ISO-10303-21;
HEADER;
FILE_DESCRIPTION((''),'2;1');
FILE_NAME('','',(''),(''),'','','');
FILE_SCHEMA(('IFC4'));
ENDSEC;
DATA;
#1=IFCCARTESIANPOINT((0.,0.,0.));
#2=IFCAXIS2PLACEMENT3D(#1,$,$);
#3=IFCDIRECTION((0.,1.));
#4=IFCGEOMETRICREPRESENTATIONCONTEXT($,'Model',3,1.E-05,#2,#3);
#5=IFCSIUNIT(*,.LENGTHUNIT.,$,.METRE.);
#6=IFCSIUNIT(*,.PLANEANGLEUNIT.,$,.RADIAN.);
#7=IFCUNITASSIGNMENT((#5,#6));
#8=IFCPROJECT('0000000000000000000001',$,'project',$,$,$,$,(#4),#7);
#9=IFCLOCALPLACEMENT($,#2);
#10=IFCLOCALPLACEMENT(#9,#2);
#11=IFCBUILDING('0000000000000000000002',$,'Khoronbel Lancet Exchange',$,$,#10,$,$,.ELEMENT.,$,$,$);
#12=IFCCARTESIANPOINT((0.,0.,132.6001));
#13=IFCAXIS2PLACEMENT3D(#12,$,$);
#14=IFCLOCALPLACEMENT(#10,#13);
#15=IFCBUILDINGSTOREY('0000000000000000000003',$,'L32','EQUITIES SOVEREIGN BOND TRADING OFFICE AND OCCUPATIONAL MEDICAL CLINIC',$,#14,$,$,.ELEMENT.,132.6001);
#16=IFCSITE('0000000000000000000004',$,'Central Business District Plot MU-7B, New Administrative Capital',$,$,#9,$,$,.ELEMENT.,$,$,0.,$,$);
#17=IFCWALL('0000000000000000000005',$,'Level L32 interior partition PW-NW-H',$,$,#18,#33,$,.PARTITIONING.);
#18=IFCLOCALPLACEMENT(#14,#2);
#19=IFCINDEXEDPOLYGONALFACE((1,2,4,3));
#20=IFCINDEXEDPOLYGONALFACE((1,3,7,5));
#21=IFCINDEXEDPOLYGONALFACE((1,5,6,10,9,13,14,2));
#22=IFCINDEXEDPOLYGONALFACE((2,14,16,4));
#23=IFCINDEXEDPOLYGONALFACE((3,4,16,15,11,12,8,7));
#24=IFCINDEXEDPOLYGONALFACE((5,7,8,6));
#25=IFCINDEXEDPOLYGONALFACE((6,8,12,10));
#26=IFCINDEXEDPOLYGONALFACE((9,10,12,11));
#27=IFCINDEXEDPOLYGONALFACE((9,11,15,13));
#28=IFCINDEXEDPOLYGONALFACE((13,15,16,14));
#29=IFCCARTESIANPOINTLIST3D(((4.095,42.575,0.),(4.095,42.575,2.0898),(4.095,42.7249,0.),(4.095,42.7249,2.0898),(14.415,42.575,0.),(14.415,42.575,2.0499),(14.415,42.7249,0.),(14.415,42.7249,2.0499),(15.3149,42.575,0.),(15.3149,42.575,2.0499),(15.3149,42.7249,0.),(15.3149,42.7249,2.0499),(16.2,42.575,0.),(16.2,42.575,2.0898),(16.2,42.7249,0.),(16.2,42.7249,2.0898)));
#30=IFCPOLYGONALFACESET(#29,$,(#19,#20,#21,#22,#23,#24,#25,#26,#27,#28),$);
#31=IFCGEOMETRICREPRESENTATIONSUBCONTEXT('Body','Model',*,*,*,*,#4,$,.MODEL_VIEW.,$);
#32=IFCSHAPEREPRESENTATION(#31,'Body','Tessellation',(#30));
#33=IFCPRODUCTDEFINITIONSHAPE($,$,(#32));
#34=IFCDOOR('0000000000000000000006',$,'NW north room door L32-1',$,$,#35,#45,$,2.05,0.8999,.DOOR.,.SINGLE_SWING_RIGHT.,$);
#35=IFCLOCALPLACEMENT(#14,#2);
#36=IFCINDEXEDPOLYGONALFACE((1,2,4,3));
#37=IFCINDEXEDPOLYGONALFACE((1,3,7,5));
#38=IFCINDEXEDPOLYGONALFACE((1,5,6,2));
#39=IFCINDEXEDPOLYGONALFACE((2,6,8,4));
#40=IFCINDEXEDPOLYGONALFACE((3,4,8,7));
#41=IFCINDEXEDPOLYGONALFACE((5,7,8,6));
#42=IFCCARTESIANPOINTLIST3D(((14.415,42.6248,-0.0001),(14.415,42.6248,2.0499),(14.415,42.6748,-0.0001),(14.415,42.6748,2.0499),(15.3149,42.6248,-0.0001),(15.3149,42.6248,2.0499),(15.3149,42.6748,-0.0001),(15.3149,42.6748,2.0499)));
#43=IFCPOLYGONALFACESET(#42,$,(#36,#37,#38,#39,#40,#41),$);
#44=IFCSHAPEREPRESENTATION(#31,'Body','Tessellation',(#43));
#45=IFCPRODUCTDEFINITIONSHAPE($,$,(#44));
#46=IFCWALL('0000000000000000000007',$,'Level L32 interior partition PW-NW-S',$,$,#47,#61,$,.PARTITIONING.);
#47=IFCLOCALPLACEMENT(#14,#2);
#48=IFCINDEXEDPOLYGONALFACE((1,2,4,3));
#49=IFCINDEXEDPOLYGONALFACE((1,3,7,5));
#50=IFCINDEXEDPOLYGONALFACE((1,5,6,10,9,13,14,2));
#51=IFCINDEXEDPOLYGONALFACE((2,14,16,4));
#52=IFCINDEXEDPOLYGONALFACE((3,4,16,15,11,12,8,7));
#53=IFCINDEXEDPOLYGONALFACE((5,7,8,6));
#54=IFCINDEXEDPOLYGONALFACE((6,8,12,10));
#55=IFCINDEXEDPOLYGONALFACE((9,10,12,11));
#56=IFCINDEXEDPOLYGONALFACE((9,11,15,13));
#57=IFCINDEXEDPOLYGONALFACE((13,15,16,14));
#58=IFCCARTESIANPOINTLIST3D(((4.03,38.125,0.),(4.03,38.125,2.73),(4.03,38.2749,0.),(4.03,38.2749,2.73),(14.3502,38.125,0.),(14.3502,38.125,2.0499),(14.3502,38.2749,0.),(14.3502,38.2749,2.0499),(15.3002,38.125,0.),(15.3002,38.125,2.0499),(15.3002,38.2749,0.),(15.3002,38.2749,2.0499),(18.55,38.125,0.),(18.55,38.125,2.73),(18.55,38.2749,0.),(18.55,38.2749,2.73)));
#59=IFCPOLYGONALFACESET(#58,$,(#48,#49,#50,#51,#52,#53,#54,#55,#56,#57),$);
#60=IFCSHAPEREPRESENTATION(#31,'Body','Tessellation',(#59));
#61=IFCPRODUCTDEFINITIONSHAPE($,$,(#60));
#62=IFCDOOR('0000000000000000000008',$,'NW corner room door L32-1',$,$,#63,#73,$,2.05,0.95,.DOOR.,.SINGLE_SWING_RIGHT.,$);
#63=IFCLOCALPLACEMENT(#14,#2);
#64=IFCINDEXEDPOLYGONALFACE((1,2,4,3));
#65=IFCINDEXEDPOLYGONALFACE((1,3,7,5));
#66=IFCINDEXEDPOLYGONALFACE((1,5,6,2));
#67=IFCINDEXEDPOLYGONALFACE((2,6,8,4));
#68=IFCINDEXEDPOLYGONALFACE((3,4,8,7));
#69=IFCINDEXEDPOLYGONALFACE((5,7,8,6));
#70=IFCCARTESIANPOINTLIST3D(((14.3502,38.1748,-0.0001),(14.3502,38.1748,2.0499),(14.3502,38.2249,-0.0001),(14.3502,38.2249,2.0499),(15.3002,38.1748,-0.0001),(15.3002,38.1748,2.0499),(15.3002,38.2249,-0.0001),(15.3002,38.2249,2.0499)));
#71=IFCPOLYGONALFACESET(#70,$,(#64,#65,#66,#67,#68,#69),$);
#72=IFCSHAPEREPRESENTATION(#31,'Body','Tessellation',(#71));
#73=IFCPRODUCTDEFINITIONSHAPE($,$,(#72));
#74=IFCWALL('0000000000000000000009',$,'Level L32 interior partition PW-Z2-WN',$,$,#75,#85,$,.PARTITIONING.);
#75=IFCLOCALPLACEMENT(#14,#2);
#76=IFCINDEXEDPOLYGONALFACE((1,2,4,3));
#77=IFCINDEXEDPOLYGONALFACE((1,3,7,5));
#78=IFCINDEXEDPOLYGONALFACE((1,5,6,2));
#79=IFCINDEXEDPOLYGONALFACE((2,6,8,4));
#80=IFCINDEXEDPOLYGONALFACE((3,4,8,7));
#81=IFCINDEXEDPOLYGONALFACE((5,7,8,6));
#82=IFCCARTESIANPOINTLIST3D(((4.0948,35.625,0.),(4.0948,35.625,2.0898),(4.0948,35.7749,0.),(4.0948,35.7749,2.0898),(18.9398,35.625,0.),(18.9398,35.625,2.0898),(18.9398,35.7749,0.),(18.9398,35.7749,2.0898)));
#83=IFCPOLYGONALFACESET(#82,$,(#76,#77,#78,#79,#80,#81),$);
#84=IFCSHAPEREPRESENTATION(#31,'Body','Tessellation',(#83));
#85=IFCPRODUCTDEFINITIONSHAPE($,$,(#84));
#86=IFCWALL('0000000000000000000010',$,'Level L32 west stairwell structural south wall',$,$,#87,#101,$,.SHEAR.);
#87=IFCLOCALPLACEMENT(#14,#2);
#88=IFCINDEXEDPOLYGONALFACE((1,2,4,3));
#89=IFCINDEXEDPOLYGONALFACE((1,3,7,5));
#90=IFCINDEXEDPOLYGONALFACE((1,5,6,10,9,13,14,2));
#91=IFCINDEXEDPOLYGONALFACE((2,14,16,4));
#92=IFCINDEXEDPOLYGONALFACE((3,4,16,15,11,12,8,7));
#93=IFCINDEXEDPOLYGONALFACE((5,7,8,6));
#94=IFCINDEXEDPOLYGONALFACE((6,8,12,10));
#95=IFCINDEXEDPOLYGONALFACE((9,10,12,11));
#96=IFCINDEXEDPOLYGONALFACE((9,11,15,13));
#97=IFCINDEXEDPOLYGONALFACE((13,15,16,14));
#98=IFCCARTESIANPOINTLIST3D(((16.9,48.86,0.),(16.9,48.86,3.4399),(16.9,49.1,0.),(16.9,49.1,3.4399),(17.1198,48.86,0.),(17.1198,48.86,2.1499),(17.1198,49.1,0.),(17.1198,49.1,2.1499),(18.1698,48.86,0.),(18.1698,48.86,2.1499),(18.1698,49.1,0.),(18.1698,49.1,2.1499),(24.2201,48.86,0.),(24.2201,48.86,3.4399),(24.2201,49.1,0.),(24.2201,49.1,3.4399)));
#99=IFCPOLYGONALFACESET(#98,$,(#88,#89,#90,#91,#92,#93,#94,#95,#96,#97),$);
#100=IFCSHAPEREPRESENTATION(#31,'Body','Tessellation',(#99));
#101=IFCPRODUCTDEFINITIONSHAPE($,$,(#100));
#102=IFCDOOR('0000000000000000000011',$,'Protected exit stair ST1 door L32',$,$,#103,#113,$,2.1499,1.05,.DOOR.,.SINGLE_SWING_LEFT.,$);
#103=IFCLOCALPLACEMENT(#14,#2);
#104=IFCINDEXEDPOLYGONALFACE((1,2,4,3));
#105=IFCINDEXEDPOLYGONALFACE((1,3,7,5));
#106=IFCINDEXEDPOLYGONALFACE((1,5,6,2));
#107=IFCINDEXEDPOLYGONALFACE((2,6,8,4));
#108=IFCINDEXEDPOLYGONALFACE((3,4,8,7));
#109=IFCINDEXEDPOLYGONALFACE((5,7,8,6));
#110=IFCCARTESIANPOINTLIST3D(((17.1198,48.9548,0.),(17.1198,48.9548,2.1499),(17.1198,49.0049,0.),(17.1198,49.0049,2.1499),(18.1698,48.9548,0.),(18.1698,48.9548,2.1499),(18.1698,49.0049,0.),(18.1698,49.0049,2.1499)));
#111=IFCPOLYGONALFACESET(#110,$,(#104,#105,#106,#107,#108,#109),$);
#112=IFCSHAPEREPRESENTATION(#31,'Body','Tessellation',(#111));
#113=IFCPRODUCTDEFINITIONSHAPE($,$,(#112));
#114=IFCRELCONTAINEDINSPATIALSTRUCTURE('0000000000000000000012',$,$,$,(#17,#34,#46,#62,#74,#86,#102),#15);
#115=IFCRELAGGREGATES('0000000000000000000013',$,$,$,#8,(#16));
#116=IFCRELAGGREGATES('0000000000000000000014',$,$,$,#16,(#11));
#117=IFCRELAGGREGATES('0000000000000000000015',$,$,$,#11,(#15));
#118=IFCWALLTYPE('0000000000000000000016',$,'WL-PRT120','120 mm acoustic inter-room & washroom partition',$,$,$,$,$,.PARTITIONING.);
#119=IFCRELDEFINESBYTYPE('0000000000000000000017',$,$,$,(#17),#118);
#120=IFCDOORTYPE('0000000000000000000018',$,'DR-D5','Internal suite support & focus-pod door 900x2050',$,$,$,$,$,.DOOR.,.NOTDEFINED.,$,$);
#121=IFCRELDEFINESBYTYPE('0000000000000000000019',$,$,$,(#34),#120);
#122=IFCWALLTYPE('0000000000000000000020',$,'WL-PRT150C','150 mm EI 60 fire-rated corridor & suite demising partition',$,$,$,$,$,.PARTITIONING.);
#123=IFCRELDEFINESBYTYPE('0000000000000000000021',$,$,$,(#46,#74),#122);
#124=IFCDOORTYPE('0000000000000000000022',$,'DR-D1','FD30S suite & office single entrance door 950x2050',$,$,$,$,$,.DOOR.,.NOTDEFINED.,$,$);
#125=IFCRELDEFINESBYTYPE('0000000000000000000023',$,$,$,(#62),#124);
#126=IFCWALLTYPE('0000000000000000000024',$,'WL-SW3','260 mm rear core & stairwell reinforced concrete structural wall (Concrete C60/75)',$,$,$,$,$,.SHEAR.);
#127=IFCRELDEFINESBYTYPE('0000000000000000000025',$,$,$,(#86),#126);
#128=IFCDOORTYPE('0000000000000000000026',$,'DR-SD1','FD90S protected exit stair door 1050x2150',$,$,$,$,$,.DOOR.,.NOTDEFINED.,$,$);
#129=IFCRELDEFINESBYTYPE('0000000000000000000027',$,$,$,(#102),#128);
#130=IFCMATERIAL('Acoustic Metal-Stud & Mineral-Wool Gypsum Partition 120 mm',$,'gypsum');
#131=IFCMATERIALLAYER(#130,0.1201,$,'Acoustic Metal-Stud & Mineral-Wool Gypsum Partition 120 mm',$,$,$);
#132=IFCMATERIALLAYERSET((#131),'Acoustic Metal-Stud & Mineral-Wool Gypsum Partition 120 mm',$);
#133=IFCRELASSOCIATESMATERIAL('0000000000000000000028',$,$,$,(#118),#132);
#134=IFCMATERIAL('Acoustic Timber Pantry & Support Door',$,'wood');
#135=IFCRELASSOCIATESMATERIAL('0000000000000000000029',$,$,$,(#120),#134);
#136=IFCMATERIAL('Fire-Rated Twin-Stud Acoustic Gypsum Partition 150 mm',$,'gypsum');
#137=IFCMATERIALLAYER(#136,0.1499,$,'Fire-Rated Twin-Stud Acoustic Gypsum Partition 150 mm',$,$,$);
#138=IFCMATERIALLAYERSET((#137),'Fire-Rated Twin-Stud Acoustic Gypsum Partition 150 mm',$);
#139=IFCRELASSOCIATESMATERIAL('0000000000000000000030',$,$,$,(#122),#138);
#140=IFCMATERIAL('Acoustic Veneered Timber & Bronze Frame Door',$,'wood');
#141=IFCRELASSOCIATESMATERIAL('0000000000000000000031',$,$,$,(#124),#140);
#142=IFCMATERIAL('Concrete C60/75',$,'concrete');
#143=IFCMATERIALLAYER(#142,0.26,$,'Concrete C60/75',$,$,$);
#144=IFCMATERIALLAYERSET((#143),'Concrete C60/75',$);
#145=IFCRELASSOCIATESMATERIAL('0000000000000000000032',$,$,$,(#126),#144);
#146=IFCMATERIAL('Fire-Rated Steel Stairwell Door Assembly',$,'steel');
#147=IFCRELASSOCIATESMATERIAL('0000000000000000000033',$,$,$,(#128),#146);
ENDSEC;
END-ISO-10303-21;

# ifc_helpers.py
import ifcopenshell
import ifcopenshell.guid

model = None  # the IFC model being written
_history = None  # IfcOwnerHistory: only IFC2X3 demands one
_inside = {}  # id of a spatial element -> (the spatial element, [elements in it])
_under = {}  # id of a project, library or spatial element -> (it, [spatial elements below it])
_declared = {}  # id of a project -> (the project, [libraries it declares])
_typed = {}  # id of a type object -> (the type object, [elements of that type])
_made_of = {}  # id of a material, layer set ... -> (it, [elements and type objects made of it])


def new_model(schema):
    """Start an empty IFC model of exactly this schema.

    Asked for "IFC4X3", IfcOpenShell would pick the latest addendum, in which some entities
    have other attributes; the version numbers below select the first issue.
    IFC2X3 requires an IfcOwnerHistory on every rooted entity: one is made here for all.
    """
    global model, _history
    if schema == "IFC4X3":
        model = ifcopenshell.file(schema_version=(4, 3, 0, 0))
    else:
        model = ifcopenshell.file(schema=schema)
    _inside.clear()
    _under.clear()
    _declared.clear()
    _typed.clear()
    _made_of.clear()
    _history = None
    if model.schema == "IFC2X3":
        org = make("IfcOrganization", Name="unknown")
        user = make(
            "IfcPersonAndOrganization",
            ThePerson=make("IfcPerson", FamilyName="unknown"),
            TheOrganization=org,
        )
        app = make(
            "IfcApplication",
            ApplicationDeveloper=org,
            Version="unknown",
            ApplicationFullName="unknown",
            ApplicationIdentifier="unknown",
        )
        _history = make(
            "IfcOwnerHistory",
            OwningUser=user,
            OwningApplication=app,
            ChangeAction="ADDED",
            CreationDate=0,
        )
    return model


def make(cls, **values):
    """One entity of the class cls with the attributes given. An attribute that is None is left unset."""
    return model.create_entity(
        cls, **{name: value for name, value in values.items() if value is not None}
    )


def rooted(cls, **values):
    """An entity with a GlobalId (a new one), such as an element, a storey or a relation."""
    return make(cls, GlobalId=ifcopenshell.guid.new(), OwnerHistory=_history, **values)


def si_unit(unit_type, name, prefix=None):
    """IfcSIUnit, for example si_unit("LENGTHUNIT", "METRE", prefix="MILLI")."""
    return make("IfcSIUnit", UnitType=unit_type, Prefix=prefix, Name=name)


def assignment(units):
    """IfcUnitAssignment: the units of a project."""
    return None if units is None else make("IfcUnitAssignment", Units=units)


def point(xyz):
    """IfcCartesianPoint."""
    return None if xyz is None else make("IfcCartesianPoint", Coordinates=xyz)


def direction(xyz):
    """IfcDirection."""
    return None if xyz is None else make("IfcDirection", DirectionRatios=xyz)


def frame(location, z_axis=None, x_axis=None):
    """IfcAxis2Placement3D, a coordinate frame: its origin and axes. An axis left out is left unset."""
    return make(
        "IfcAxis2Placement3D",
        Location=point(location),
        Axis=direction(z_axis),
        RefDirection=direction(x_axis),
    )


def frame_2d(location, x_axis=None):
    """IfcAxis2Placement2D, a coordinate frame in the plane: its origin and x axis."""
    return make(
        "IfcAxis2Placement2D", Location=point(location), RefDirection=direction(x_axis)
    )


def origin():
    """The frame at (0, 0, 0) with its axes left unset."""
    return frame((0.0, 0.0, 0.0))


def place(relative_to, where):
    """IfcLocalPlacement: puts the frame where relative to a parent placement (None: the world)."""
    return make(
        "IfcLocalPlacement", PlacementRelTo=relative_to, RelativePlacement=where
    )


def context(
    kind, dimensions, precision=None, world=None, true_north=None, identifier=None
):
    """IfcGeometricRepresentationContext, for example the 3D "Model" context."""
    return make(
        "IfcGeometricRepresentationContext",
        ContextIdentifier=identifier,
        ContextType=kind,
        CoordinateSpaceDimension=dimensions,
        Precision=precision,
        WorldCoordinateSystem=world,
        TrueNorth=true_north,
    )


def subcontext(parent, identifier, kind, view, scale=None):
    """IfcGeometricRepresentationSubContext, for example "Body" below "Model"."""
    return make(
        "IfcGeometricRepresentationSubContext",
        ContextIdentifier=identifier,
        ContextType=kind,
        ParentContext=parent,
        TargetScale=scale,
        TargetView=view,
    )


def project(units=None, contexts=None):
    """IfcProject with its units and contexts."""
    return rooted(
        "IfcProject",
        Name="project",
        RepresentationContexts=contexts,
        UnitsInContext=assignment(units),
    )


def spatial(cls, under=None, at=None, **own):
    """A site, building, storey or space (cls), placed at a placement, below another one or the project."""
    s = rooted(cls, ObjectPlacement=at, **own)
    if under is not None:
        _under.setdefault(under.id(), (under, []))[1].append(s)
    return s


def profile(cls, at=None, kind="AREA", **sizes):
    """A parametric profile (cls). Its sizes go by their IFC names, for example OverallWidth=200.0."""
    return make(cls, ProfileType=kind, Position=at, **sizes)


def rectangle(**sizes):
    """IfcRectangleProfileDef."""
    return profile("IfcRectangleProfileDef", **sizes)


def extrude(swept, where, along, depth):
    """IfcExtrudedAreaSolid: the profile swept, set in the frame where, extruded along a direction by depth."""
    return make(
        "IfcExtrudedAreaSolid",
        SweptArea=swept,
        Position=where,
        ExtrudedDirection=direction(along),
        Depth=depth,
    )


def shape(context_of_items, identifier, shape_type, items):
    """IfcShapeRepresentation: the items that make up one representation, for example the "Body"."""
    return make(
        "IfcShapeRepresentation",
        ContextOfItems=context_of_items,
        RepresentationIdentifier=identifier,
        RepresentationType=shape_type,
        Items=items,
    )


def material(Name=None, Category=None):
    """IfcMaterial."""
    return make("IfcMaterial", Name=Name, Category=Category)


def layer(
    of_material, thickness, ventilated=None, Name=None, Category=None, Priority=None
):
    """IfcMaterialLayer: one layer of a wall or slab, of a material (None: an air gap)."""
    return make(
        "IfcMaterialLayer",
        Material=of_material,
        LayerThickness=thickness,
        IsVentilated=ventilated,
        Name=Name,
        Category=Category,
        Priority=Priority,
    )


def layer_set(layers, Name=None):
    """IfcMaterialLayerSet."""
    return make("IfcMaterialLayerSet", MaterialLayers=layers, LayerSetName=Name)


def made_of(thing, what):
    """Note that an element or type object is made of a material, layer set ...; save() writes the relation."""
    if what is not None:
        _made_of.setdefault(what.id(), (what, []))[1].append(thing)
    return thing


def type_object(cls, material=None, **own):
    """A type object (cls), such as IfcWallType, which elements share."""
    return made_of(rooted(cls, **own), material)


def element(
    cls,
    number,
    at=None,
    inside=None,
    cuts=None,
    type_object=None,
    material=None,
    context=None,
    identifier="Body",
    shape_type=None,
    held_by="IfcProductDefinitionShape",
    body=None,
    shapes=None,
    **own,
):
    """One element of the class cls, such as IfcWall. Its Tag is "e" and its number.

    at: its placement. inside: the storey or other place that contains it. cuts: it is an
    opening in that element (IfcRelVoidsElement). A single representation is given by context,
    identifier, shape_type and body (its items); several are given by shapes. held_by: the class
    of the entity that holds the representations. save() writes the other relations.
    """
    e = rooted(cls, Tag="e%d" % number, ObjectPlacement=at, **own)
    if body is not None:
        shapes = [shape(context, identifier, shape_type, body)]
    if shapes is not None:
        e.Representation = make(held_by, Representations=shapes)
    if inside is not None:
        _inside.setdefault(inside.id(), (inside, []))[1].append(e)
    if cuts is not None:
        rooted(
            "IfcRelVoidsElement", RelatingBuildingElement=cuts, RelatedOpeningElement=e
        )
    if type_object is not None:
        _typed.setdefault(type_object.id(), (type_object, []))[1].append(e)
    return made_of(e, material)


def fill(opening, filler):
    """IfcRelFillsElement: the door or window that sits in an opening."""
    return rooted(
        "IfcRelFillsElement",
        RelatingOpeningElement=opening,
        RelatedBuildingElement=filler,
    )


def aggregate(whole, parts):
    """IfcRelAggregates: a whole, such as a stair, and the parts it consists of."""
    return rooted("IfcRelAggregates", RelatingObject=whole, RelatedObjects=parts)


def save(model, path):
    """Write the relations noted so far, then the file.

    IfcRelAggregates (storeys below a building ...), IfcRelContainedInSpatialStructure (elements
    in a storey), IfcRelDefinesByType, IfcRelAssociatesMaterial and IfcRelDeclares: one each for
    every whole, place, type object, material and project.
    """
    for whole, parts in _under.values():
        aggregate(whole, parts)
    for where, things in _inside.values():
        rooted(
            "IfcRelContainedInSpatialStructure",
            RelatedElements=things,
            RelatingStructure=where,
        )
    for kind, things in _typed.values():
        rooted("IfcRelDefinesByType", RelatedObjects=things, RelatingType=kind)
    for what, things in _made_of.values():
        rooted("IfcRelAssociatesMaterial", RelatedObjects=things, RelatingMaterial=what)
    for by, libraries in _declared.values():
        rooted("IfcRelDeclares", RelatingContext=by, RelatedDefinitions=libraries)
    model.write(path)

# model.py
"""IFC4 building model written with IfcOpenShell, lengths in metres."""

from ifc_helpers import new_model, si_unit, direction, frame, frame_2d, origin, place, context, subcontext, project, spatial, rectangle, extrude, material, layer, layer_set, type_object, element, fill, save


model = new_model("IFC4")

# Units and contexts
model_context = context("Model", 3, precision=1e-05, world=origin(), true_north=direction((0.0, 1.0)))
body_context = subcontext(model_context, "Body", "Model", "MODEL_VIEW")
ifc_project = project(units=[si_unit("LENGTHUNIT", "METRE"), si_unit("PLANEANGLEUNIT", "RADIAN")], contexts=[model_context])

# Site, building, storey
site_placement = place(None, origin())
site = spatial("IfcSite", under=ifc_project, at=site_placement, Name="Central Business District Plot MU-7B, New Administrative Capital", CompositionType="ELEMENT", RefElevation=0.0)
building_placement = place(site_placement, origin())
building = spatial("IfcBuilding", under=site, at=building_placement, Name="Khoronbel Lancet Exchange", CompositionType="ELEMENT")
storey_placement = place(building_placement, frame((0.0, 0.0, 132.6001)))
storey = spatial("IfcBuildingStorey", under=building, at=storey_placement, Name="L32", Description="EQUITIES SOVEREIGN BOND TRADING OFFICE AND OCCUPATIONAL MEDICAL CLINIC", CompositionType="ELEMENT", Elevation=132.6001)

# Walls, openings, doors
ifc_material_1 = material(Name="Acoustic Metal-Stud & Mineral-Wool Gypsum Partition 120 mm", Category="gypsum")
ifc_layer_1 = layer(ifc_material_1, 0.1201, Name="Acoustic Metal-Stud & Mineral-Wool Gypsum Partition 120 mm")
ifc_layer_set_1 = layer_set([ifc_layer_1], Name="Acoustic Metal-Stud & Mineral-Wool Gypsum Partition 120 mm")
wall_type_1 = type_object("IfcWallType", Name="WL-PRT120", Description="120 mm acoustic inter-room & washroom partition", PredefinedType="PARTITIONING", material=ifc_layer_set_1)
wall_1_placement = place(storey_placement, frame((4.095, 42.6499, 0.0), z_axis=(0.0, 0.0, 1.0), x_axis=(1.0, 0.0, 0.0)))
wall_1 = element("IfcWall", 1, at=wall_1_placement, inside=storey, type_object=wall_type_1, Name="Level L32 interior partition PW-NW-H", PredefinedType="PARTITIONING", context=body_context, shape_type="SweptSolid", body=[
    extrude(rectangle(XDim=12.105, YDim=0.1499, at=frame_2d((6.0525, 0.0))), origin(), (0.0, 0.0, 1.0), 2.0898),
])
opening_1_placement = place(wall_1_placement, frame((10.3201, 0.0, 0.0)))
opening_1 = element("IfcOpeningElement", 2, at=opening_1_placement, cuts=wall_1, PredefinedType="OPENING", context=body_context, shape_type="SweptSolid", body=[
    extrude(rectangle(XDim=0.8999, YDim=2.05, at=frame_2d((0.45, 1.0249))), frame((0.0, 0.085, 0.0), z_axis=(0.0, -1.0, 0.0), x_axis=(1.0, 0.0, 0.0)), (0.0, 0.0, 1.0), 0.1699),
])
ifc_material_2 = material(Name="Acoustic Timber Pantry & Support Door", Category="wood")
door_type_1 = type_object("IfcDoorType", Name="DR-D5", Description="Internal suite support & focus-pod door 900x2050", OperationType="NOTDEFINED", PredefinedType="DOOR", material=ifc_material_2)
door_1_placement = place(opening_1_placement, origin())
door_1 = element("IfcDoor", 3, at=door_1_placement, inside=storey, type_object=door_type_1, Name="NW north room door L32-1", OperationType="SINGLE_SWING_RIGHT", OverallHeight=2.05, OverallWidth=0.8999, PredefinedType="DOOR", context=body_context, shape_type="SweptSolid", body=[
    extrude(rectangle(XDim=0.8999, YDim=2.05, at=frame_2d((0.45, 1.0249))), frame((0.0, 0.0249, 0.0), z_axis=(0.0, -1.0, 0.0), x_axis=(1.0, 0.0, 0.0)), (0.0, 0.0, 1.0), 0.05),
])
fill(opening_1, door_1)
ifc_material_3 = material(Name="Fire-Rated Twin-Stud Acoustic Gypsum Partition 150 mm", Category="gypsum")
ifc_layer_2 = layer(ifc_material_3, 0.1499, Name="Fire-Rated Twin-Stud Acoustic Gypsum Partition 150 mm")
ifc_layer_set_2 = layer_set([ifc_layer_2], Name="Fire-Rated Twin-Stud Acoustic Gypsum Partition 150 mm")
wall_type_2 = type_object("IfcWallType", Name="WL-PRT150C", Description="150 mm EI 60 fire-rated corridor & suite demising partition", PredefinedType="PARTITIONING", material=ifc_layer_set_2)
wall_2_placement = place(storey_placement, frame((4.03, 38.2, 0.0), z_axis=(0.0, 0.0, 1.0), x_axis=(1.0, 0.0, 0.0)))
wall_2 = element("IfcWall", 4, at=wall_2_placement, inside=storey, type_object=wall_type_2, Name="Level L32 interior partition PW-NW-S", PredefinedType="PARTITIONING", context=body_context, shape_type="SweptSolid", body=[
    extrude(rectangle(XDim=14.52, YDim=0.1499, at=frame_2d((7.26, 0.0))), origin(), (0.0, 0.0, 1.0), 2.73),
])
opening_2_placement = place(wall_2_placement, frame((10.3201, 0.0, 0.0)))
opening_2 = element("IfcOpeningElement", 5, at=opening_2_placement, cuts=wall_2, PredefinedType="OPENING", context=body_context, shape_type="SweptSolid", body=[
    extrude(rectangle(XDim=0.95, YDim=2.05, at=frame_2d((0.4751, 1.0249))), frame((0.0, 0.085, 0.0), z_axis=(0.0, -1.0, 0.0), x_axis=(1.0, 0.0, 0.0)), (0.0, 0.0, 1.0), 0.1699),
])
ifc_material_4 = material(Name="Acoustic Veneered Timber & Bronze Frame Door", Category="wood")
door_type_2 = type_object("IfcDoorType", Name="DR-D1", Description="FD30S suite & office single entrance door 950x2050", OperationType="NOTDEFINED", PredefinedType="DOOR", material=ifc_material_4)
door_2_placement = place(opening_2_placement, origin())
door_2 = element("IfcDoor", 6, at=door_2_placement, inside=storey, type_object=door_type_2, Name="NW corner room door L32-1", OperationType="SINGLE_SWING_RIGHT", OverallHeight=2.05, OverallWidth=0.95, PredefinedType="DOOR", context=body_context, shape_type="SweptSolid", body=[
    extrude(rectangle(XDim=0.95, YDim=2.05, at=frame_2d((0.4751, 1.0249))), frame((0.0, 0.0249, 0.0), z_axis=(0.0, -1.0, 0.0), x_axis=(1.0, 0.0, 0.0)), (0.0, 0.0, 1.0), 0.05),
])
fill(opening_2, door_2)

# Wall
wall_3_placement = place(storey_placement, frame((4.095, 35.7, 0.0), z_axis=(0.0, 0.0, 1.0), x_axis=(1.0, 0.0, 0.0)))
element("IfcWall", 7, at=wall_3_placement, inside=storey, type_object=wall_type_2, Name="Level L32 interior partition PW-Z2-WN", PredefinedType="PARTITIONING", context=body_context, shape_type="SweptSolid", body=[
    extrude(rectangle(XDim=14.845, YDim=0.1499, at=frame_2d((7.4224, 0.0))), origin(), (0.0, 0.0, 1.0), 2.0898),
])

# Wall, opening, door
ifc_material_5 = material(Name="Concrete C60/75", Category="concrete")
ifc_layer_3 = layer(ifc_material_5, 0.26, Name="Concrete C60/75")
ifc_layer_set_3 = layer_set([ifc_layer_3], Name="Concrete C60/75")
wall_type_3 = type_object("IfcWallType", Name="WL-SW3", Description="260 mm rear core & stairwell reinforced concrete structural wall (Concrete C60/75)", PredefinedType="SHEAR", material=ifc_layer_set_3)
wall_4_placement = place(storey_placement, frame((16.8999, 48.98, 0.0), z_axis=(0.0, 0.0, 1.0), x_axis=(1.0, 0.0, 0.0)))
wall_4 = element("IfcWall", 8, at=wall_4_placement, inside=storey, type_object=wall_type_3, Name="Level L32 west stairwell structural south wall", PredefinedType="SHEAR", context=body_context, shape_type="SweptSolid", body=[
    extrude(rectangle(XDim=7.3201, YDim=0.24, at=frame_2d((3.6602, 0.0))), origin(), (0.0, 0.0, 1.0), 3.4399),
])
opening_3_placement = place(wall_4_placement, frame((0.22, 0.0, 0.0)))
opening_3 = element("IfcOpeningElement", 9, at=opening_3_placement, cuts=wall_4, PredefinedType="OPENING", context=body_context, shape_type="SweptSolid", body=[
    extrude(rectangle(XDim=1.05, YDim=2.1499, at=frame_2d((0.5249, 1.075))), frame((0.0, 0.1299, 0.0), z_axis=(0.0, -1.0, 0.0), x_axis=(1.0, 0.0, 0.0)), (0.0, 0.0, 1.0), 0.26),
])
ifc_material_6 = material(Name="Fire-Rated Steel Stairwell Door Assembly", Category="steel")
door_type_3 = type_object("IfcDoorType", Name="DR-SD1", Description="FD90S protected exit stair door 1050x2150", OperationType="NOTDEFINED", PredefinedType="DOOR", material=ifc_material_6)
door_3_placement = place(opening_3_placement, origin())
door_3 = element("IfcDoor", 10, at=door_3_placement, inside=storey, type_object=door_type_3, Name="Protected exit stair ST1 door L32", OperationType="SINGLE_SWING_LEFT", OverallHeight=2.1499, OverallWidth=1.05, PredefinedType="DOOR", context=body_context, shape_type="SweptSolid", body=[
    extrude(rectangle(XDim=1.05, YDim=2.1499, at=frame_2d((0.5249, 1.075))), frame((0.0, 0.0249, 0.0), z_axis=(0.0, -1.0, 0.0), x_axis=(1.0, 0.0, 0.0)), (0.0, 0.0, 1.0), 0.05),
])
fill(opening_3, door_3)

save(model, "model.ifc")
